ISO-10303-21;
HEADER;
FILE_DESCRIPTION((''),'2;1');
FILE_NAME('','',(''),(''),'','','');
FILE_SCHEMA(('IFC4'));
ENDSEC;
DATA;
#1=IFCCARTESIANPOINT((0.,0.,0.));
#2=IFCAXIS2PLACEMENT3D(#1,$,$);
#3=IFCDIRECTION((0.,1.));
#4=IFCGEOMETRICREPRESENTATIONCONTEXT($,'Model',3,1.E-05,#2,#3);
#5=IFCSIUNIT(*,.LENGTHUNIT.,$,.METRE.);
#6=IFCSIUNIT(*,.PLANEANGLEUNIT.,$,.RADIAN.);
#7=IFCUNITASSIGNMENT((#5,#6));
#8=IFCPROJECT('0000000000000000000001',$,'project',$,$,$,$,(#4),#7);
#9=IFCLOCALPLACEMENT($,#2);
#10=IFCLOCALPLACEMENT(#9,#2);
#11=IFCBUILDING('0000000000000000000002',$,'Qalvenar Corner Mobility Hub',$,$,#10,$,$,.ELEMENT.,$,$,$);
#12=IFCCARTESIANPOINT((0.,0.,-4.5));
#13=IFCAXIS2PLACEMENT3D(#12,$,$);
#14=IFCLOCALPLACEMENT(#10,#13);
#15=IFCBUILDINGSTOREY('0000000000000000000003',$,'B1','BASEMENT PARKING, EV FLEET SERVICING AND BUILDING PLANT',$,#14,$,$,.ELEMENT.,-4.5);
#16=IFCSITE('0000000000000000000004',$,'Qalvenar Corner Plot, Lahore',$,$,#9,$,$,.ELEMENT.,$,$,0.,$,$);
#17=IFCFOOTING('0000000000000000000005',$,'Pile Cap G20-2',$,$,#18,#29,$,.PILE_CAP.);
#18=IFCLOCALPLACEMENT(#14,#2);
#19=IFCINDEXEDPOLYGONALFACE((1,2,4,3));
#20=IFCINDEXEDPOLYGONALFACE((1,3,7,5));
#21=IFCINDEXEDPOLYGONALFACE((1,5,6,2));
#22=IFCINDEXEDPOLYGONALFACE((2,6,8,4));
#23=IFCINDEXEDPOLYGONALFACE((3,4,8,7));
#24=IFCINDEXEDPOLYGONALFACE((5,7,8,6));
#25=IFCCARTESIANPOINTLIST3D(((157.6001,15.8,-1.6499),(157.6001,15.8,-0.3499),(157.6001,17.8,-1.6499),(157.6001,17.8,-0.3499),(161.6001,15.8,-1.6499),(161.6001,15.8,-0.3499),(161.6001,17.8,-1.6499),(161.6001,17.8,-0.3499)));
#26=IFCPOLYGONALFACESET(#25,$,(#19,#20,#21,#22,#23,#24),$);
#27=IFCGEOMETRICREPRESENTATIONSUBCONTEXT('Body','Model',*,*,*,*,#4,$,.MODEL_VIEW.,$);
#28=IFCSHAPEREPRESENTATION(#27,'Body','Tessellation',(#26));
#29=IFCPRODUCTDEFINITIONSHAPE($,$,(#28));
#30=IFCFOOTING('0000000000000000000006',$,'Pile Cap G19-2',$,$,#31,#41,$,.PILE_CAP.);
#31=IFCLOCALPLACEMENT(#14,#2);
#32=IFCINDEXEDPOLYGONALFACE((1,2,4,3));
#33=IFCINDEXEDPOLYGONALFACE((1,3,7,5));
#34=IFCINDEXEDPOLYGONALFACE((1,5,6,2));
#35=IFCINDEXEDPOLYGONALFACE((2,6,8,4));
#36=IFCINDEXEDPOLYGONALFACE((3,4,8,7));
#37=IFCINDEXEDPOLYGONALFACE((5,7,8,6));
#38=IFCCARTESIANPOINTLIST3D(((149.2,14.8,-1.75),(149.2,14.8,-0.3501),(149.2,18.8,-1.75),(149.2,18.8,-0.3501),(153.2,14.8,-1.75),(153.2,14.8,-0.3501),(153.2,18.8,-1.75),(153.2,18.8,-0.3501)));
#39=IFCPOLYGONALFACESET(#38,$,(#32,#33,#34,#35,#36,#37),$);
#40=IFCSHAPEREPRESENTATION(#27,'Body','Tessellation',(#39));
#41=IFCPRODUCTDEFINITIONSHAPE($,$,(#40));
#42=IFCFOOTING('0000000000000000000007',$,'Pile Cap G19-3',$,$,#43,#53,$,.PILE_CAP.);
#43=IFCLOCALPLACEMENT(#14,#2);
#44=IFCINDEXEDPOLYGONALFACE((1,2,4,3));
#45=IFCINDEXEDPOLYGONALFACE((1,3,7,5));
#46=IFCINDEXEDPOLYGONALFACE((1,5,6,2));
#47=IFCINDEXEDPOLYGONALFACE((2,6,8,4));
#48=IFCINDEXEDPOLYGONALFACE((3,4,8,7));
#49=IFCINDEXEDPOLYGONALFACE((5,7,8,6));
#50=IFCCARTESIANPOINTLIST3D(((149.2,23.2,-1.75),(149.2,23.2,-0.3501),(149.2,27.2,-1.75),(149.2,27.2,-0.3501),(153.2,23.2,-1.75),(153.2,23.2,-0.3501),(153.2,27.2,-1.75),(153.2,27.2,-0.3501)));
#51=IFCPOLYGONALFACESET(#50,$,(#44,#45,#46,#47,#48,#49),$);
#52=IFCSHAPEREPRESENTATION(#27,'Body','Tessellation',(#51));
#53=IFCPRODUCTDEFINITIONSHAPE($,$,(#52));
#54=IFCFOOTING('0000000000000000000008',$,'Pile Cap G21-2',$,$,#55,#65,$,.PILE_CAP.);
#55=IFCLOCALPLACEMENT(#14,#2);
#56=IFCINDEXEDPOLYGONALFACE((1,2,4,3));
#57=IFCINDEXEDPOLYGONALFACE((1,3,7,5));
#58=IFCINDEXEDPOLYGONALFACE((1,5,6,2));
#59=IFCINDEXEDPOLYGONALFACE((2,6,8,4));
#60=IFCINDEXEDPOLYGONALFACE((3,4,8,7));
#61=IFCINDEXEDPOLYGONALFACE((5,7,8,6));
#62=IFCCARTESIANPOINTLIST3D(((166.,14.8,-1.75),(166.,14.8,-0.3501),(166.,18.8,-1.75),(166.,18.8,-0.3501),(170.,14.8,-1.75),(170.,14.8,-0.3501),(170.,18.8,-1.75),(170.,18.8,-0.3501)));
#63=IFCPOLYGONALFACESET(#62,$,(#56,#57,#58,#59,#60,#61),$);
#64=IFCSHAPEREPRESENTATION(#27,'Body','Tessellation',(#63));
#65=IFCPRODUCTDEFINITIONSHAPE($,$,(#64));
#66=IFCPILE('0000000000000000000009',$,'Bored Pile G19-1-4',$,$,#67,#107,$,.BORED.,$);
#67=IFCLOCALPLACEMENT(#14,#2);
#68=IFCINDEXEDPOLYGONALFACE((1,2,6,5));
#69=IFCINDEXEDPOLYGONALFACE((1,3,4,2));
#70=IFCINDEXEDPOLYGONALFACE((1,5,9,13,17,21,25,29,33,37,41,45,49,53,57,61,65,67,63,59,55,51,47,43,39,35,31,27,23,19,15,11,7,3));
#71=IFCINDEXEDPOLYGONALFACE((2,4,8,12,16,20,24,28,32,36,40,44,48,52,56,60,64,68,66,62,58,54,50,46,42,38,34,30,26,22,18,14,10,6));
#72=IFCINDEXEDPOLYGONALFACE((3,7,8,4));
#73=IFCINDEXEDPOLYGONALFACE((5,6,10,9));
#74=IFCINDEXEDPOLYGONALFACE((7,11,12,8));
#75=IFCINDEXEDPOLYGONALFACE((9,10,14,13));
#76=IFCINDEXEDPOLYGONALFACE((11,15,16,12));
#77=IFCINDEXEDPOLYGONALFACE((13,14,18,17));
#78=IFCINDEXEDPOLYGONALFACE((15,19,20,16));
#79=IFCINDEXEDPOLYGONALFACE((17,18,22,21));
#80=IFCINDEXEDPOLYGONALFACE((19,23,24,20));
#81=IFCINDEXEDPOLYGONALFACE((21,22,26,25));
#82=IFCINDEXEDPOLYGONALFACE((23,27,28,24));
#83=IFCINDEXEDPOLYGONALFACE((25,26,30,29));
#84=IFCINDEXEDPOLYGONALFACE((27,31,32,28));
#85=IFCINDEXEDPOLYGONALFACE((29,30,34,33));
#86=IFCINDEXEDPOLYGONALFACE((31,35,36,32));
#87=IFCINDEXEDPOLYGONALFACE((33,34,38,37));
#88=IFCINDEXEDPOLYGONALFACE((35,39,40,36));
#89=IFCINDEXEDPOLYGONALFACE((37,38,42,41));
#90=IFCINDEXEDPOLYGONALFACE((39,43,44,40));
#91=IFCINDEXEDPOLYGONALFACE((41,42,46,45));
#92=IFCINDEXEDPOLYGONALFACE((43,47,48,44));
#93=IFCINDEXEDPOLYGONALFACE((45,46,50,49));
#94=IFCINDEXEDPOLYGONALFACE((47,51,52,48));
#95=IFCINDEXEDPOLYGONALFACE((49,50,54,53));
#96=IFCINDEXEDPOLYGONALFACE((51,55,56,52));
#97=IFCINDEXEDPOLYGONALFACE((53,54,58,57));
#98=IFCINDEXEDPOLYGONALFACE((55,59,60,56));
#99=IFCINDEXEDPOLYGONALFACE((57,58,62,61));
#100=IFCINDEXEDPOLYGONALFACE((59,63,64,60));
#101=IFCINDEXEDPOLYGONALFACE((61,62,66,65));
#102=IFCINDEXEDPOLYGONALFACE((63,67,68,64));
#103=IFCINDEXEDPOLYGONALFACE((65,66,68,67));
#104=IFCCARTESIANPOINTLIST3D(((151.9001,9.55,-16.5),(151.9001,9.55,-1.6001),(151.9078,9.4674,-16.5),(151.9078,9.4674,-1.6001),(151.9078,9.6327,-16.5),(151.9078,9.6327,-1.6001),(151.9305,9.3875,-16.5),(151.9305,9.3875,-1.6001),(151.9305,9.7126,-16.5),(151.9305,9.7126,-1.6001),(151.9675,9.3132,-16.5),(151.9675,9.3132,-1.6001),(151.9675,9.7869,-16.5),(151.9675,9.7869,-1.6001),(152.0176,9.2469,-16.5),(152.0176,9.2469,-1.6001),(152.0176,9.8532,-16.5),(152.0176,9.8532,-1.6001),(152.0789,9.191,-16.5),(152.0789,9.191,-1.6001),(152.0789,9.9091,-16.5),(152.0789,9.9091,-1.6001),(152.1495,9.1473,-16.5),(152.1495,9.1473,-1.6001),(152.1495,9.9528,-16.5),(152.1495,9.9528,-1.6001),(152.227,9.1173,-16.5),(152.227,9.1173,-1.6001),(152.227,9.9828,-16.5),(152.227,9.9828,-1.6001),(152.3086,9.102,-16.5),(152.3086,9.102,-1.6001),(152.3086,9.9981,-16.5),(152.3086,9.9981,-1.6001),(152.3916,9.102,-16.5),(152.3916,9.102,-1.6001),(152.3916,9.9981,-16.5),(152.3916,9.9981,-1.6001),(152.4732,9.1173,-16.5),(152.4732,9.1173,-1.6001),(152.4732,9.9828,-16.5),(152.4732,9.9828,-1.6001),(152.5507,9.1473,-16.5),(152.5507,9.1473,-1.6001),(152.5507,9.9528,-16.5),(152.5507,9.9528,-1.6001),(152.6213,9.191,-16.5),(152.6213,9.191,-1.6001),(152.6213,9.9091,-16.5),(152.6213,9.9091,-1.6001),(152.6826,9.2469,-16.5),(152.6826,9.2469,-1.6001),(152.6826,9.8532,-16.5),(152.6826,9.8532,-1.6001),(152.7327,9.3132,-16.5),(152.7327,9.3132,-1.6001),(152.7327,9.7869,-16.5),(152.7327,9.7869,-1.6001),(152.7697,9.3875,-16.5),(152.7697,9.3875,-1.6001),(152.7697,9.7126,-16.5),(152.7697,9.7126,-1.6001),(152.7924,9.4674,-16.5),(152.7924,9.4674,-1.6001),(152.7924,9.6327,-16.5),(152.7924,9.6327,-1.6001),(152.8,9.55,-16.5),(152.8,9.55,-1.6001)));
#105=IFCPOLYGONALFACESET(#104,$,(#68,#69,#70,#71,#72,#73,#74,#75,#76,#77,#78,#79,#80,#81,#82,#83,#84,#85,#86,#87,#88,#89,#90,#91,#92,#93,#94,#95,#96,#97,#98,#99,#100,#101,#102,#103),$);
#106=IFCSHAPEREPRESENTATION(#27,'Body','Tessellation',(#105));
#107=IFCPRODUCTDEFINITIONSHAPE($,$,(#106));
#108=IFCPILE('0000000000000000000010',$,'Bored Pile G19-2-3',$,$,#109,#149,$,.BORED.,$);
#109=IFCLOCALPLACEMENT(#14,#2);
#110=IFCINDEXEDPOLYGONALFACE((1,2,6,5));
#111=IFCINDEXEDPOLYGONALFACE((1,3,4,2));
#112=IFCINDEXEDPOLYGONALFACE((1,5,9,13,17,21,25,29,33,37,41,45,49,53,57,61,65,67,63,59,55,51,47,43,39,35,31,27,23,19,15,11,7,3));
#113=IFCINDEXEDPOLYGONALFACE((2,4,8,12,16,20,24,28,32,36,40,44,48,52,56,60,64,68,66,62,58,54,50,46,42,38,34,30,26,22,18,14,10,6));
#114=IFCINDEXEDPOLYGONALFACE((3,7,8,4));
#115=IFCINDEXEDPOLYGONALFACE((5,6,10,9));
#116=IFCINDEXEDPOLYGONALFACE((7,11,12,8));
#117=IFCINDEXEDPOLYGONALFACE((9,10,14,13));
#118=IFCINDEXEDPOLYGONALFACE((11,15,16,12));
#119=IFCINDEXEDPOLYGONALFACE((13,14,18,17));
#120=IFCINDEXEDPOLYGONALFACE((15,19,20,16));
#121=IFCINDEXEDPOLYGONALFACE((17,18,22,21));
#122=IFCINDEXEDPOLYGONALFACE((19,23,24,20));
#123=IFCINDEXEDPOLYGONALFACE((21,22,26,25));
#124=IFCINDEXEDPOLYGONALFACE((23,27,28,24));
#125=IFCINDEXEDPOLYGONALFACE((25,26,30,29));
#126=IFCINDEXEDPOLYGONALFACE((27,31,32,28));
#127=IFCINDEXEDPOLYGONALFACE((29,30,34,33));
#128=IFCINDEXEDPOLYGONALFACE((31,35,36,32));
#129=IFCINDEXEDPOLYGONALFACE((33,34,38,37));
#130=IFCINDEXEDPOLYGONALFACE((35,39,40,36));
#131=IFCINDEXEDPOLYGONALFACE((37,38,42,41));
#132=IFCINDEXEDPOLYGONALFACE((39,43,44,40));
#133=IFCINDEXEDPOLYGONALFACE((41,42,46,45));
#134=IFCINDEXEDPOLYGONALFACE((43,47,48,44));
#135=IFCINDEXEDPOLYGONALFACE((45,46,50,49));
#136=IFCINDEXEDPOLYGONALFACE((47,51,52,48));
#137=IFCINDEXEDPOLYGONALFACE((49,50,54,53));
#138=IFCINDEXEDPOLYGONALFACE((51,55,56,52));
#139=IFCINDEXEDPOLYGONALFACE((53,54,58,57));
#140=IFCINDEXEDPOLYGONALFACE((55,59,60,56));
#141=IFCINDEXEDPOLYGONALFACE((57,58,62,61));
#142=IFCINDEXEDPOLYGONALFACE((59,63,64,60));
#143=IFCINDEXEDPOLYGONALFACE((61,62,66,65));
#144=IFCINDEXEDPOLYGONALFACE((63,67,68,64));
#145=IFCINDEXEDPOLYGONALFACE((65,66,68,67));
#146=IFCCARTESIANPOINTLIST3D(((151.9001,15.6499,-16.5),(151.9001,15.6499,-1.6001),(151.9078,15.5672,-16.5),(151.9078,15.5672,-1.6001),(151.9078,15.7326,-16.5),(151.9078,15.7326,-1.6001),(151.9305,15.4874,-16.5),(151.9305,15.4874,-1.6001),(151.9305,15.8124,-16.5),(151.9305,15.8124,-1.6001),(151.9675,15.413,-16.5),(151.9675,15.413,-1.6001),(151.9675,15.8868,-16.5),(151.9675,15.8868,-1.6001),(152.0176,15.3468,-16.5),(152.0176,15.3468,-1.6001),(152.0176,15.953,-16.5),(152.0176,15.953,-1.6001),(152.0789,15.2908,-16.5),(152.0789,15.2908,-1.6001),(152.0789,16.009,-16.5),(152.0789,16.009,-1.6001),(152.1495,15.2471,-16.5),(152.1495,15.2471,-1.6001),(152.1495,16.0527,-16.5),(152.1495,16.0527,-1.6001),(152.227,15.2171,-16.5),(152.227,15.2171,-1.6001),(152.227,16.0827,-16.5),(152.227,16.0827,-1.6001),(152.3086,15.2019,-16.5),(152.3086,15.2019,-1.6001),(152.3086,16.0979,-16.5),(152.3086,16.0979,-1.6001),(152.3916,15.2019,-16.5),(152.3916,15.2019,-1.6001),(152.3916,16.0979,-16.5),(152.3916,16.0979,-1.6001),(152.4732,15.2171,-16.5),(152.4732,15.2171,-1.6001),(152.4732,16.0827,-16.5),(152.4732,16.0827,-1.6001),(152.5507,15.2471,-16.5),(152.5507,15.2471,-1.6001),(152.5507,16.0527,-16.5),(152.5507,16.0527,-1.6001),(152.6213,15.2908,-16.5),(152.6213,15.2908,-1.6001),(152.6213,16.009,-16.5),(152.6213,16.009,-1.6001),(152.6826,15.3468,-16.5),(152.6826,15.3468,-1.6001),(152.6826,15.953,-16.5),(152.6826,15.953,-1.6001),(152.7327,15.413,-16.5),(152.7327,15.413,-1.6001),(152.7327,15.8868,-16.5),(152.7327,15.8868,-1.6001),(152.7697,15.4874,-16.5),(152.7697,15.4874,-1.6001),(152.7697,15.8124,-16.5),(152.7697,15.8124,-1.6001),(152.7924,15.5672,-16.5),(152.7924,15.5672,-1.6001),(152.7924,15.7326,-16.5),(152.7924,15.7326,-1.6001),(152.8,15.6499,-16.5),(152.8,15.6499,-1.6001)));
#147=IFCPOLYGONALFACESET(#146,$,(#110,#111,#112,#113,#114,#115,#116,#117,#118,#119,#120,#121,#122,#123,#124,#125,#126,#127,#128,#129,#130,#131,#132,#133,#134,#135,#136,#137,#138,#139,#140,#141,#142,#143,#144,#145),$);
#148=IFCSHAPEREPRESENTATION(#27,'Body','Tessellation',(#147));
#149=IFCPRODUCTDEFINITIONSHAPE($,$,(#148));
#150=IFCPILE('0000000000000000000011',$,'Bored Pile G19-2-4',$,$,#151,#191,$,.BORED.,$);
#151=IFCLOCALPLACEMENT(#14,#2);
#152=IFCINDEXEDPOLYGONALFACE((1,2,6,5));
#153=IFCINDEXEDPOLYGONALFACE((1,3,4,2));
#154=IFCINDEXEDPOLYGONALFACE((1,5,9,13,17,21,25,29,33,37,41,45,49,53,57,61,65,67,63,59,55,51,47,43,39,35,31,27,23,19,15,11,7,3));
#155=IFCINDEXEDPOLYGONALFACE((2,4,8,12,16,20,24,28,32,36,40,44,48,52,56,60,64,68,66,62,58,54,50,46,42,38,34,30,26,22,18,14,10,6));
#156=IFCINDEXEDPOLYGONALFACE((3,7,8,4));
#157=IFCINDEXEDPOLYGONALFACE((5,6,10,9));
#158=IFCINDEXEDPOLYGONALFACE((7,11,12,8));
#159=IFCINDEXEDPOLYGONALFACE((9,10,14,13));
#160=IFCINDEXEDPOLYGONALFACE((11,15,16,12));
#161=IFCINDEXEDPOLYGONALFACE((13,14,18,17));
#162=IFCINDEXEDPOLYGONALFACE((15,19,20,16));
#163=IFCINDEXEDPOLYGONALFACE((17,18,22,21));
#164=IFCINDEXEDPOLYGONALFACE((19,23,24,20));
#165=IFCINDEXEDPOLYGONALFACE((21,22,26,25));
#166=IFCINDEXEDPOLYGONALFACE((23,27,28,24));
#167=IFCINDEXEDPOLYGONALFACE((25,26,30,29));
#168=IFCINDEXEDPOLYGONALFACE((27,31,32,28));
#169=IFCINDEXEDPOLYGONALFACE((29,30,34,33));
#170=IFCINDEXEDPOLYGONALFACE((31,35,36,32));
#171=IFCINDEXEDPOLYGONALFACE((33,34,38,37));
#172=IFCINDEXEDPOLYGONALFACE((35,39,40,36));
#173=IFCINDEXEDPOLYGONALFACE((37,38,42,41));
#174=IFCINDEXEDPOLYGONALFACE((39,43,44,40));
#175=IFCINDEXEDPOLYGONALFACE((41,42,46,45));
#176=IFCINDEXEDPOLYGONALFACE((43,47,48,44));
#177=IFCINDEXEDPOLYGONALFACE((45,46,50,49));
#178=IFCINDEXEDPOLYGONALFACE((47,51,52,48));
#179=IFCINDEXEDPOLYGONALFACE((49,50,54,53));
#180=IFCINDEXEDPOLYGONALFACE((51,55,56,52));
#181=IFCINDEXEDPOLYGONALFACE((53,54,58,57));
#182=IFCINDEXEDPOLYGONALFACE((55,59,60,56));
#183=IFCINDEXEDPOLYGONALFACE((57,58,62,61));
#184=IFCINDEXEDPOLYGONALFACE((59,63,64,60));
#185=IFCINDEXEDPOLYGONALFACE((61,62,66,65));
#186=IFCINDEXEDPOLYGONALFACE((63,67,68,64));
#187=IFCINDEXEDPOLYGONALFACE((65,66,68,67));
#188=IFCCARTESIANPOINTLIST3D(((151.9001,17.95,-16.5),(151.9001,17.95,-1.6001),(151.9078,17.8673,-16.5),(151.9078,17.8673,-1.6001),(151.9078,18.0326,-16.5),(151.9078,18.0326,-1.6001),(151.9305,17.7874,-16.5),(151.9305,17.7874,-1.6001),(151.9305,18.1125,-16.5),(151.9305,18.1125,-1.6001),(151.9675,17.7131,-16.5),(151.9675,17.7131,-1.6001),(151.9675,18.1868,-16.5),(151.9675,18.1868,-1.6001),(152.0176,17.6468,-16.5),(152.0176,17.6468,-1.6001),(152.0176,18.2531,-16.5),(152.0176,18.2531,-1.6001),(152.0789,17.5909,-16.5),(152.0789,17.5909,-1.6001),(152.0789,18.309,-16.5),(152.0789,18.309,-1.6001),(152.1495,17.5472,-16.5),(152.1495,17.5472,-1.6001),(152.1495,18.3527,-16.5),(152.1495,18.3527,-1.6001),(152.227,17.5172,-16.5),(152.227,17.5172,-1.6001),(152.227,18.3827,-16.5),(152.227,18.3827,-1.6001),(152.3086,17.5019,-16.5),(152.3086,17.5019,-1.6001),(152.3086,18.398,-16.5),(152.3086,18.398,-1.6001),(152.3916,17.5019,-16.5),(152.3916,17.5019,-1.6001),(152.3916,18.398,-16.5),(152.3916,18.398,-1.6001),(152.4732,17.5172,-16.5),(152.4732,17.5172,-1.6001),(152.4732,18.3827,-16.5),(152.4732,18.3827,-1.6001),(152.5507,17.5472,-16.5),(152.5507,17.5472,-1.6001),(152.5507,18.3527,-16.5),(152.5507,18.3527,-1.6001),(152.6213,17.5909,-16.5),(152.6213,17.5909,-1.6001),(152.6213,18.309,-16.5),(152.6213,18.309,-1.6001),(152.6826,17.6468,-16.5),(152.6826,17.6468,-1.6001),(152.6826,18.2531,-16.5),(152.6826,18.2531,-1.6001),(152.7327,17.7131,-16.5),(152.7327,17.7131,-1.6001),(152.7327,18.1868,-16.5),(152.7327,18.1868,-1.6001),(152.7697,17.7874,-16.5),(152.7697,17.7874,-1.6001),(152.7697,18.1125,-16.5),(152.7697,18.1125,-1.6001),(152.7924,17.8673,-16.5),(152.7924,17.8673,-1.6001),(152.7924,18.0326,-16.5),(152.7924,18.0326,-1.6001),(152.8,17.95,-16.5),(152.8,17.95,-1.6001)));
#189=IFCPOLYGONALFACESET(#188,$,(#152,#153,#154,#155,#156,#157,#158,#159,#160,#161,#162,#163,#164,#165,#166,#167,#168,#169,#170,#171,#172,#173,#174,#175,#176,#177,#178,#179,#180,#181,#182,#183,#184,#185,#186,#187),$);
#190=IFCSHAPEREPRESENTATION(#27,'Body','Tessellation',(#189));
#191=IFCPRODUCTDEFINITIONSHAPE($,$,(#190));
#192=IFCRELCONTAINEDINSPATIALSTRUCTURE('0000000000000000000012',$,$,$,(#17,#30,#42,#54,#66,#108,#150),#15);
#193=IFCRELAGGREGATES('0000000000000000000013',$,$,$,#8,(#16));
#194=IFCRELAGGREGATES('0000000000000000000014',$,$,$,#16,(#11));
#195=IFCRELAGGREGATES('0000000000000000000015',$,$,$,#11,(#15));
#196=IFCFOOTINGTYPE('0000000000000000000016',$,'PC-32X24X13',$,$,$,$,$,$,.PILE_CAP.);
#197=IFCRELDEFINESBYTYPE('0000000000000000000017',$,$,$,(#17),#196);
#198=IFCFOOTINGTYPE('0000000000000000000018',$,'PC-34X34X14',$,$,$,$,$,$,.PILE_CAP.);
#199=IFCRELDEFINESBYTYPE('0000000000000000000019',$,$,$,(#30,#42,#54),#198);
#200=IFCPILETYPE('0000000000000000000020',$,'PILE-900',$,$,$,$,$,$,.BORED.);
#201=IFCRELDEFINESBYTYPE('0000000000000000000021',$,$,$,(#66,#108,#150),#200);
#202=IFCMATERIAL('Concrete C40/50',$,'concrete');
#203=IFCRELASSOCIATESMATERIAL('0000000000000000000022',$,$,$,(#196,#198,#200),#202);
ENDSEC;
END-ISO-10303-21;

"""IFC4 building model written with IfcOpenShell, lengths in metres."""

from ifc_helpers import new_model, si_unit, direction, frame, origin, origin_2d, place, context, subcontext, project, spatial, rectangle, circle, extrude, material, material_profile, profile_set, type_object, element, save


model = new_model("IFC4")

# Units and contexts
model_context = context("Model", 3, precision=1e-05, world=origin(), true_north=direction((0.0, 1.0)))
body_context = subcontext(model_context, "Body", "Model", "MODEL_VIEW")
ifc_project = project(units=[si_unit("LENGTHUNIT", "METRE"), si_unit("PLANEANGLEUNIT", "RADIAN")], contexts=[model_context])

# Site, building, storey
site_placement = place(None, origin())
site = spatial("IfcSite", under=ifc_project, at=site_placement, Name="Qalvenar Corner Plot, Lahore", CompositionType="ELEMENT", RefElevation=0.0)
building_placement = place(site_placement, origin())
building = spatial("IfcBuilding", under=site, at=building_placement, Name="Qalvenar Corner Mobility Hub", CompositionType="ELEMENT")
storey_placement = place(building_placement, frame((0.0, 0.0, -4.5)))
storey = spatial("IfcBuildingStorey", under=building, at=storey_placement, Name="B1", Description="BASEMENT PARKING, EV FLEET SERVICING AND BUILDING PLANT", CompositionType="ELEMENT", Elevation=-4.5)

# Footings
ifc_material_1 = material(Name="Concrete C40/50", Category="concrete")
footing_type_1 = type_object("IfcFootingType", Name="PC-32X24X13", PredefinedType="PILE_CAP", material=ifc_material_1)
footing_1_placement = place(storey_placement, frame((159.6001, 16.8, -1.6499), z_axis=(0.0, 0.0, 1.0), x_axis=(1.0, 0.0, 0.0)))
element("IfcFooting", 1, at=footing_1_placement, inside=storey, type_object=footing_type_1, Name="Pile Cap G20-2", PredefinedType="PILE_CAP", context=body_context, shape_type="SweptSolid", body=[
    extrude(rectangle(XDim=4.0, YDim=2.0, at=origin_2d()), origin(), (0.0, 0.0, 1.0), 1.3),
])
footing_type_2 = type_object("IfcFootingType", Name="PC-34X34X14", PredefinedType="PILE_CAP", material=ifc_material_1)
for number, where, z_axis, x_axis, name in (
    (2, (151.2, 16.8, -1.75), (0.0, 0.0, 1.0), (1.0, 0.0, 0.0), "Pile Cap G19-2"),
    (3, (151.2, 25.2, -1.75), (0.0, 0.0, 1.0), (1.0, 0.0, 0.0), "Pile Cap G19-3"),
    (4, (168.0, 16.8, -1.75), (0.0, 0.0, 1.0), (1.0, 0.0, 0.0), "Pile Cap G21-2"),
):
    element("IfcFooting", number, at=place(storey_placement, frame(where, z_axis=z_axis, x_axis=x_axis)), inside=storey, type_object=footing_type_2, Name=name, PredefinedType="PILE_CAP", context=body_context, shape_type="SweptSolid", body=[
        extrude(rectangle(XDim=4.0, YDim=4.0, at=origin_2d()), origin(), (0.0, 0.0, 1.0), 1.3999),
    ])

# Piles
ifc_material_profile_1 = material_profile(ifc_material_1, circle(Radius=0.45, at=origin_2d()), Name="DIA900")
ifc_profile_set_1 = profile_set([ifc_material_profile_1], Name="Concrete C40/50")
pile_type = type_object("IfcPileType", Name="PILE-900", PredefinedType="BORED", material=ifc_profile_set_1)
for number, where, z_axis, x_axis, name in (
    (5, (152.3501, 9.55, -1.6001), (0.0, 0.0, -1.0), (1.0, 0.0, 0.0), "Bored Pile G19-1-4"),
    (6, (152.3501, 15.6499, -1.6001), (0.0, 0.0, -1.0), (1.0, 0.0, 0.0), "Bored Pile G19-2-3"),
    (7, (152.3501, 17.95, -1.6001), (0.0, 0.0, -1.0), (1.0, 0.0, 0.0), "Bored Pile G19-2-4"),
):
    element("IfcPile", number, at=place(storey_placement, frame(where, z_axis=z_axis, x_axis=x_axis)), inside=storey, type_object=pile_type, Name=name, PredefinedType="BORED", context=body_context, shape_type="SweptSolid", body=[
        extrude(circle(Radius=0.45, at=origin_2d()), origin(), (0.0, 0.0, 1.0), 14.8999),
    ])

save(model, "model.ifc")
